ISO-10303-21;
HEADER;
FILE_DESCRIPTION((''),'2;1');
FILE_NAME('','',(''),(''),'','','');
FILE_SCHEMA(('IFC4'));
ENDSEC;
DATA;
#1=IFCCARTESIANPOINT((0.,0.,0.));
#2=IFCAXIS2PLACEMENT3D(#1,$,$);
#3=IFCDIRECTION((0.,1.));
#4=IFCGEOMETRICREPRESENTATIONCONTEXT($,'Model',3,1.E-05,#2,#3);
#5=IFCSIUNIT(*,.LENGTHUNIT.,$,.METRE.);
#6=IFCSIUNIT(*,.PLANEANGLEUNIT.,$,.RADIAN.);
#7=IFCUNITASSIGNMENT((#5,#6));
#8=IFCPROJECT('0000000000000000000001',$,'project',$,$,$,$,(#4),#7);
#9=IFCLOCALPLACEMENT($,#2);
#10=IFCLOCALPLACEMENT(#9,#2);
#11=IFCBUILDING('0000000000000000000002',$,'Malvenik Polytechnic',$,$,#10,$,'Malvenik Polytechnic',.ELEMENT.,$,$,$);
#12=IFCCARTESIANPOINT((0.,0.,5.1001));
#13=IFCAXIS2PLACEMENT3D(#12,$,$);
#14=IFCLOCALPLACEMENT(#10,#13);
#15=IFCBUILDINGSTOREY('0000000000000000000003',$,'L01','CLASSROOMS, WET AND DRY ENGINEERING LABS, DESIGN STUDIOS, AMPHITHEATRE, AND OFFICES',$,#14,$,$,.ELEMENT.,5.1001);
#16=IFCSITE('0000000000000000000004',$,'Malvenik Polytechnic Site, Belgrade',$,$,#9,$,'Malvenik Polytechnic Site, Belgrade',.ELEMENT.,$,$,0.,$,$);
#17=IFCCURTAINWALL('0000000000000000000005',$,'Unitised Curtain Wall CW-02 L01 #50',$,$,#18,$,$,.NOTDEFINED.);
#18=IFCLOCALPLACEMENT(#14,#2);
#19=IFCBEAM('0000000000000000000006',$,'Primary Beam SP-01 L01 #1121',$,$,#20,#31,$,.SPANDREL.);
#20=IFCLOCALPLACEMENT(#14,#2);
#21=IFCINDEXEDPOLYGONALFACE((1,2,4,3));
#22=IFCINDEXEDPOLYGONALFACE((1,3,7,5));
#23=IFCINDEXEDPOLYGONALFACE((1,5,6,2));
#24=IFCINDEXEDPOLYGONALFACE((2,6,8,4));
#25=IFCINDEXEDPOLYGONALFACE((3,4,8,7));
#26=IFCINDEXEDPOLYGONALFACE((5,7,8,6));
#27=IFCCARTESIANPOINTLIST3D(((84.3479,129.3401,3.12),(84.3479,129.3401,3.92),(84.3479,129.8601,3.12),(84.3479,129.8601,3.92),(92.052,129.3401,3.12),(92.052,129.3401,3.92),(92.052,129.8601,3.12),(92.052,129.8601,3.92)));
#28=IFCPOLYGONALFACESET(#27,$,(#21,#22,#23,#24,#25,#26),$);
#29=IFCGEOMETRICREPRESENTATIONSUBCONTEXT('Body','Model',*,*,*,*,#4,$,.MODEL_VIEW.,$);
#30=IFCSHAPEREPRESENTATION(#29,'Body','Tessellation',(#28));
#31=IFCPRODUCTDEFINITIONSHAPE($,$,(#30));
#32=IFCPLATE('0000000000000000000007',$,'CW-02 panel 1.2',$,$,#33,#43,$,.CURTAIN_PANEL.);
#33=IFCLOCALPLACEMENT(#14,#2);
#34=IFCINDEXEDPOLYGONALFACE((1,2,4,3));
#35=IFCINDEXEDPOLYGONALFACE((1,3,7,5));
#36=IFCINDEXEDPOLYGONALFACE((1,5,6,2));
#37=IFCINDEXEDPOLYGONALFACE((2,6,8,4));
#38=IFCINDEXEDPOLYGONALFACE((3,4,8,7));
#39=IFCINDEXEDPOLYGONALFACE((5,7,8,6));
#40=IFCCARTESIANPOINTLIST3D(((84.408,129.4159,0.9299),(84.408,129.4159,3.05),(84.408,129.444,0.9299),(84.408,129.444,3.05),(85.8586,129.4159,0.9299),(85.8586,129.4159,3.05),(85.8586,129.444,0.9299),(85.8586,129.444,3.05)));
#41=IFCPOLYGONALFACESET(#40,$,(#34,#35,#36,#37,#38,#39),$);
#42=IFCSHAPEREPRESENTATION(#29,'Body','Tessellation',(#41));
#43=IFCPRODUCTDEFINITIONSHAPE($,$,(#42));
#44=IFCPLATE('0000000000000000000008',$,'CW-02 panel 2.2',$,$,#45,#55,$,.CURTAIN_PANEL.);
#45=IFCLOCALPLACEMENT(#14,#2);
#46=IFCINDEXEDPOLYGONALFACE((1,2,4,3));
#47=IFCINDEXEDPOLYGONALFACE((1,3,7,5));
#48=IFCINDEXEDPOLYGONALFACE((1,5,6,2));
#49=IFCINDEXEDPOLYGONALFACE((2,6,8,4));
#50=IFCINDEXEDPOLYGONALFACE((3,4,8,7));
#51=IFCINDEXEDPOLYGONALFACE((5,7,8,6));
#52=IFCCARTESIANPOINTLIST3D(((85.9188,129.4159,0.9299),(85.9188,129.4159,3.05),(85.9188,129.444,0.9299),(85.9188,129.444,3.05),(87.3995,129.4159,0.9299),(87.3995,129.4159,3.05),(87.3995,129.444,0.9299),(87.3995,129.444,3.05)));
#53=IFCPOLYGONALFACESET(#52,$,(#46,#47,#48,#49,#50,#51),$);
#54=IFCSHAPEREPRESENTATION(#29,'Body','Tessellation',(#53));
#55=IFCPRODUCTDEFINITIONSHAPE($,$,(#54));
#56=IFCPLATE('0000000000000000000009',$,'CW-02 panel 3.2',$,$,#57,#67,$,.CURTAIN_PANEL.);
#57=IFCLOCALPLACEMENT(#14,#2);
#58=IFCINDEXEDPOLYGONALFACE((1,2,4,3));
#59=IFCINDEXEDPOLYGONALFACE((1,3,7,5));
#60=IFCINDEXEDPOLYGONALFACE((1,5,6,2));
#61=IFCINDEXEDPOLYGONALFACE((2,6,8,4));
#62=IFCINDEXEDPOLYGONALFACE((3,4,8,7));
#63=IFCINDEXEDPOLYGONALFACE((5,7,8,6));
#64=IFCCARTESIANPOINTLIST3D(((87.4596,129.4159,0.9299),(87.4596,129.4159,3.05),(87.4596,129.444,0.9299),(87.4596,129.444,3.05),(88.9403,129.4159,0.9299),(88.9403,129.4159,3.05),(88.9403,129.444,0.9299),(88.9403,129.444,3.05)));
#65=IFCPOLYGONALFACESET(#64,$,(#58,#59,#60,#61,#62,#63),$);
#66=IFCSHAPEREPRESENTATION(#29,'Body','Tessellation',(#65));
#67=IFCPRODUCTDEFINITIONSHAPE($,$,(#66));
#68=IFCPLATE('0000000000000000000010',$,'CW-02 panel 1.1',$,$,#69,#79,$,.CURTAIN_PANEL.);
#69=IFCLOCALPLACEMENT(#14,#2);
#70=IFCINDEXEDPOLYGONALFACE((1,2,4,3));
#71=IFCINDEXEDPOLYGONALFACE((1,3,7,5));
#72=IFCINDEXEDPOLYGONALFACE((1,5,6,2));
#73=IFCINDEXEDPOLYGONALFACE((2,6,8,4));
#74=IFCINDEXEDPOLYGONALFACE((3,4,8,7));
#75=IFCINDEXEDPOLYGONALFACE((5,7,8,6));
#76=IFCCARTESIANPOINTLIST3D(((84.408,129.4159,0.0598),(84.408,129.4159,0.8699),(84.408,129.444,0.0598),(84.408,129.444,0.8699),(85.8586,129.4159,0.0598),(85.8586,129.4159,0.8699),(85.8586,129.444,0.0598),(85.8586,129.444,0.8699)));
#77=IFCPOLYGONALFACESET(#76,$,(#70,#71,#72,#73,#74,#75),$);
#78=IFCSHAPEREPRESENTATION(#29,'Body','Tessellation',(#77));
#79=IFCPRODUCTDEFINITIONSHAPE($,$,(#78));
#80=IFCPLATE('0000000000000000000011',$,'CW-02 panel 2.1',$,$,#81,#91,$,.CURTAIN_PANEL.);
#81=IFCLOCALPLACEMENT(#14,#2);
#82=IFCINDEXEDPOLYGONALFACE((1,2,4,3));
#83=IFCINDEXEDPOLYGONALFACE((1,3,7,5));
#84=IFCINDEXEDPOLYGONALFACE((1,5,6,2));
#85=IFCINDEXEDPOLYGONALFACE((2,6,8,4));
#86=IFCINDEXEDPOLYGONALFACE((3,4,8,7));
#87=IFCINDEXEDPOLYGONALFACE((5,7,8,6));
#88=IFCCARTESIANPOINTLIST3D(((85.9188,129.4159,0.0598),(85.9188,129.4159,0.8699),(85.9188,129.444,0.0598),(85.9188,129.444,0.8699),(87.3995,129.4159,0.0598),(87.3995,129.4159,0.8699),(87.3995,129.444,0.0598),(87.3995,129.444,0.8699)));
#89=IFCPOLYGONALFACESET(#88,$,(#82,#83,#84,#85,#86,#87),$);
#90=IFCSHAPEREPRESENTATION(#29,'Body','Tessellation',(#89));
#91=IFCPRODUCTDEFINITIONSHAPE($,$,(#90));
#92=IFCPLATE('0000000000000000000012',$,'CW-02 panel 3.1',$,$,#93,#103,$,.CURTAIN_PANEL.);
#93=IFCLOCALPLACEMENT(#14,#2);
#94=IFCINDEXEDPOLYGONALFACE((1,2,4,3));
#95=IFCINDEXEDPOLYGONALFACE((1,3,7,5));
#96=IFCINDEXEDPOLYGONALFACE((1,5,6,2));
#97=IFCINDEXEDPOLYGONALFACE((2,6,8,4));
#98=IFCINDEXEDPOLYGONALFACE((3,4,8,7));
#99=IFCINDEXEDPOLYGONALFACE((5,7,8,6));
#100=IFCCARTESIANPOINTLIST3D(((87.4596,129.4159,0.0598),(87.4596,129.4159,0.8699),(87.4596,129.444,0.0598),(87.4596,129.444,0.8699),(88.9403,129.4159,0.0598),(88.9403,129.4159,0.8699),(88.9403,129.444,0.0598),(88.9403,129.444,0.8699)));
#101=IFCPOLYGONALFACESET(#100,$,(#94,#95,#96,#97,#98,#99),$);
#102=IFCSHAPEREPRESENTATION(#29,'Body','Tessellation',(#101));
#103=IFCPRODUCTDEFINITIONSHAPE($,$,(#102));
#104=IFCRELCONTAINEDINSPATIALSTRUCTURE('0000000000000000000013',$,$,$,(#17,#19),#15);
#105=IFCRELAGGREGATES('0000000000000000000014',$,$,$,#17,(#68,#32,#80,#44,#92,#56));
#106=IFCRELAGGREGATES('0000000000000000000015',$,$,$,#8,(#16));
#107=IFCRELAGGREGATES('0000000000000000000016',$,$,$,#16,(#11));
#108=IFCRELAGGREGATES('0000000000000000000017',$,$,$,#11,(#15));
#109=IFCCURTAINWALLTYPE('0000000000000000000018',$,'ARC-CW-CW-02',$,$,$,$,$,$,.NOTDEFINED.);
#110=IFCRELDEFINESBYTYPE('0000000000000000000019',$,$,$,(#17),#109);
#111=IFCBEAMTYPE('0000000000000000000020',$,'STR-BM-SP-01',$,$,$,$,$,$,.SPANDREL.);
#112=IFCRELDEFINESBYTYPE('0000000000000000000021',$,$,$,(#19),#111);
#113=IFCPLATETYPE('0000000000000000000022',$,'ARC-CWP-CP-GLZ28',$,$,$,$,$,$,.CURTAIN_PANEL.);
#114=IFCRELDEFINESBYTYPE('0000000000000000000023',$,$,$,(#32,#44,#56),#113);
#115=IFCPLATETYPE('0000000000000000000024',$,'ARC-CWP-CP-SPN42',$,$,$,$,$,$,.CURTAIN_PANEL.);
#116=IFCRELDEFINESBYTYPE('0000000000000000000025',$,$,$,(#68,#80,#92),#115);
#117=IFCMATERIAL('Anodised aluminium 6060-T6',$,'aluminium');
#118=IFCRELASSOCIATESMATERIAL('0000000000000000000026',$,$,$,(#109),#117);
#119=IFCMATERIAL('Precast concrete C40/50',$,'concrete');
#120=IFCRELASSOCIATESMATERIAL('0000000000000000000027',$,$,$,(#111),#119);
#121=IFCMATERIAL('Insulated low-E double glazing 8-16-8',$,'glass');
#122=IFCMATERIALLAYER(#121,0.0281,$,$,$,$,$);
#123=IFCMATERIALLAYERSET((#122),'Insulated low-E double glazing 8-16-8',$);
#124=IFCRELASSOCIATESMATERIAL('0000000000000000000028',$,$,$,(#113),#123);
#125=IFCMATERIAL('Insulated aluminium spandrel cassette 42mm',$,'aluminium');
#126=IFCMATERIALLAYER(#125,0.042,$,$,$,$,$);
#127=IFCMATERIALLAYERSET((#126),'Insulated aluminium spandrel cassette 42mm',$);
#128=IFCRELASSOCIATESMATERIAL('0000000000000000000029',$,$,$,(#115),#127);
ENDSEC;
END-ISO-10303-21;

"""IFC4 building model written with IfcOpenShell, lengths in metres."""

from ifc_helpers import new_model, si_unit, direction, frame, origin, origin_2d, place, context, subcontext, project, spatial, rectangle, extrude, material, layer, layer_set, material_profile, profile_set, type_object, element, aggregate, save


model = new_model("IFC4")

# Units and contexts
model_context = context("Model", 3, precision=1e-05, world=origin(), true_north=direction((0.0, 1.0)))
body_context = subcontext(model_context, "Body", "Model", "MODEL_VIEW")
ifc_project = project(units=[si_unit("LENGTHUNIT", "METRE"), si_unit("PLANEANGLEUNIT", "RADIAN")], contexts=[model_context])

# Site, building, storey
site_placement = place(None, origin())
site = spatial("IfcSite", under=ifc_project, at=site_placement, Name="Malvenik Polytechnic Site, Belgrade", LongName="Malvenik Polytechnic Site, Belgrade", CompositionType="ELEMENT", RefElevation=0.0)
building_placement = place(site_placement, origin())
building = spatial("IfcBuilding", under=site, at=building_placement, Name="Malvenik Polytechnic", LongName="Malvenik Polytechnic", CompositionType="ELEMENT")
storey_placement = place(building_placement, frame((0.0, 0.0, 5.1001)))
storey = spatial("IfcBuildingStorey", under=building, at=storey_placement, Name="L01", Description="CLASSROOMS, WET AND DRY ENGINEERING LABS, DESIGN STUDIOS, AMPHITHEATRE, AND OFFICES", CompositionType="ELEMENT", Elevation=5.1001)

# Curtain wall
ifc_material_1 = material(Name="Anodised aluminium 6060-T6", Category="aluminium")
curtain_wall_type = type_object("IfcCurtainWallType", Name="ARC-CW-CW-02", PredefinedType="NOTDEFINED", material=ifc_material_1)
curtain_wall_placement = place(storey_placement, origin())
curtain_wall = element("IfcCurtainWall", 1, at=curtain_wall_placement, inside=storey, type_object=curtain_wall_type, Name="Unitised Curtain Wall CW-02 L01 #50", PredefinedType="NOTDEFINED")

# Beam
ifc_material_2 = material(Name="Precast concrete C40/50", Category="concrete")
ifc_material_profile_1 = material_profile(ifc_material_2, rectangle(XDim=0.52, YDim=0.8, at=origin_2d()), Name="PC SPN 520x800")
ifc_profile_set_1 = profile_set([ifc_material_profile_1], Name="Precast concrete C40/50")
beam_type_1 = type_object("IfcBeamType", Name="STR-BM-SP-01", PredefinedType="SPANDREL", material=ifc_profile_set_1)
beam_1_placement = place(storey_placement, frame((84.3479, 129.6001, 3.52), z_axis=(1.0, 0.0, 0.0), x_axis=(0.0, 1.0, 0.0)))
element("IfcBeam", 2, at=beam_1_placement, inside=storey, type_object=beam_type_1, Name="Primary Beam SP-01 L01 #1121", PredefinedType="SPANDREL", context=body_context, shape_type="SweptSolid", body=[
    extrude(rectangle(XDim=0.52, YDim=0.8, at=origin_2d()), origin(), (0.0, 0.0, 1.0), 7.7041),
])

# Plates
ifc_material_3 = material(Name="Insulated low-E double glazing 8-16-8", Category="glass")
ifc_layer_1 = layer(ifc_material_3, 0.0281)
ifc_layer_set_1 = layer_set([ifc_layer_1], Name="Insulated low-E double glazing 8-16-8")
plate_type_1 = type_object("IfcPlateType", Name="ARC-CWP-CP-GLZ28", PredefinedType="CURTAIN_PANEL", material=ifc_layer_set_1)
plate_1_placement = place(storey_placement, frame((85.1333, 129.4299, 0.9299), z_axis=(0.0, 0.0, 1.0), x_axis=(1.0, 0.0, 0.0)))
plate_1 = element("IfcPlate", 3, at=plate_1_placement, type_object=plate_type_1, Name="CW-02 panel 1.2", PredefinedType="CURTAIN_PANEL", context=body_context, shape_type="SweptSolid", body=[
    extrude(rectangle(XDim=1.4507, YDim=0.0281, at=origin_2d()), origin(), (0.0, 0.0, 1.0), 2.1201),
])
plate_2_placement = place(storey_placement, frame((86.6592, 129.4299, 0.9299), z_axis=(0.0, 0.0, 1.0), x_axis=(1.0, 0.0, 0.0)))
plate_2 = element("IfcPlate", 4, at=plate_2_placement, type_object=plate_type_1, Name="CW-02 panel 2.2", PredefinedType="CURTAIN_PANEL", context=body_context, shape_type="SweptSolid", body=[
    extrude(rectangle(XDim=1.4807, YDim=0.0281, at=origin_2d()), origin(), (0.0, 0.0, 1.0), 2.1201),
])
plate_3_placement = place(storey_placement, frame((88.2, 129.4299, 0.9299), z_axis=(0.0, 0.0, 1.0), x_axis=(1.0, 0.0, 0.0)))
plate_3 = element("IfcPlate", 5, at=plate_3_placement, type_object=plate_type_1, Name="CW-02 panel 3.2", PredefinedType="CURTAIN_PANEL", context=body_context, shape_type="SweptSolid", body=[
    extrude(rectangle(XDim=1.4807, YDim=0.0281, at=origin_2d()), origin(), (0.0, 0.0, 1.0), 2.1201),
])
ifc_material_4 = material(Name="Insulated aluminium spandrel cassette 42mm", Category="aluminium")
ifc_layer_2 = layer(ifc_material_4, 0.042)
ifc_layer_set_2 = layer_set([ifc_layer_2], Name="Insulated aluminium spandrel cassette 42mm")
plate_type_2 = type_object("IfcPlateType", Name="ARC-CWP-CP-SPN42", PredefinedType="CURTAIN_PANEL", material=ifc_layer_set_2)
plate_4_placement = place(storey_placement, frame((85.1333, 129.4299, 0.0598), z_axis=(0.0, 0.0, 1.0), x_axis=(1.0, 0.0, 0.0)))
plate_4 = element("IfcPlate", 6, at=plate_4_placement, type_object=plate_type_2, Name="CW-02 panel 1.1", PredefinedType="CURTAIN_PANEL", context=body_context, shape_type="SweptSolid", body=[
    extrude(rectangle(XDim=1.4507, YDim=0.0281, at=origin_2d()), origin(), (0.0, 0.0, 1.0), 0.8101),
])
plate_5_placement = place(storey_placement, frame((86.6592, 129.4299, 0.0598), z_axis=(0.0, 0.0, 1.0), x_axis=(1.0, 0.0, 0.0)))
plate_5 = element("IfcPlate", 7, at=plate_5_placement, type_object=plate_type_2, Name="CW-02 panel 2.1", PredefinedType="CURTAIN_PANEL", context=body_context, shape_type="SweptSolid", body=[
    extrude(rectangle(XDim=1.4807, YDim=0.0281, at=origin_2d()), origin(), (0.0, 0.0, 1.0), 0.8101),
])
plate_6_placement = place(storey_placement, frame((88.2, 129.4299, 0.0598), z_axis=(0.0, 0.0, 1.0), x_axis=(1.0, 0.0, 0.0)))
plate_6 = element("IfcPlate", 8, at=plate_6_placement, type_object=plate_type_2, Name="CW-02 panel 3.1", PredefinedType="CURTAIN_PANEL", context=body_context, shape_type="SweptSolid", body=[
    extrude(rectangle(XDim=1.4807, YDim=0.0281, at=origin_2d()), origin(), (0.0, 0.0, 1.0), 0.8101),
])
aggregate(curtain_wall, [plate_4, plate_1, plate_5, plate_2, plate_6, plate_3])

save(model, "model.ifc")
